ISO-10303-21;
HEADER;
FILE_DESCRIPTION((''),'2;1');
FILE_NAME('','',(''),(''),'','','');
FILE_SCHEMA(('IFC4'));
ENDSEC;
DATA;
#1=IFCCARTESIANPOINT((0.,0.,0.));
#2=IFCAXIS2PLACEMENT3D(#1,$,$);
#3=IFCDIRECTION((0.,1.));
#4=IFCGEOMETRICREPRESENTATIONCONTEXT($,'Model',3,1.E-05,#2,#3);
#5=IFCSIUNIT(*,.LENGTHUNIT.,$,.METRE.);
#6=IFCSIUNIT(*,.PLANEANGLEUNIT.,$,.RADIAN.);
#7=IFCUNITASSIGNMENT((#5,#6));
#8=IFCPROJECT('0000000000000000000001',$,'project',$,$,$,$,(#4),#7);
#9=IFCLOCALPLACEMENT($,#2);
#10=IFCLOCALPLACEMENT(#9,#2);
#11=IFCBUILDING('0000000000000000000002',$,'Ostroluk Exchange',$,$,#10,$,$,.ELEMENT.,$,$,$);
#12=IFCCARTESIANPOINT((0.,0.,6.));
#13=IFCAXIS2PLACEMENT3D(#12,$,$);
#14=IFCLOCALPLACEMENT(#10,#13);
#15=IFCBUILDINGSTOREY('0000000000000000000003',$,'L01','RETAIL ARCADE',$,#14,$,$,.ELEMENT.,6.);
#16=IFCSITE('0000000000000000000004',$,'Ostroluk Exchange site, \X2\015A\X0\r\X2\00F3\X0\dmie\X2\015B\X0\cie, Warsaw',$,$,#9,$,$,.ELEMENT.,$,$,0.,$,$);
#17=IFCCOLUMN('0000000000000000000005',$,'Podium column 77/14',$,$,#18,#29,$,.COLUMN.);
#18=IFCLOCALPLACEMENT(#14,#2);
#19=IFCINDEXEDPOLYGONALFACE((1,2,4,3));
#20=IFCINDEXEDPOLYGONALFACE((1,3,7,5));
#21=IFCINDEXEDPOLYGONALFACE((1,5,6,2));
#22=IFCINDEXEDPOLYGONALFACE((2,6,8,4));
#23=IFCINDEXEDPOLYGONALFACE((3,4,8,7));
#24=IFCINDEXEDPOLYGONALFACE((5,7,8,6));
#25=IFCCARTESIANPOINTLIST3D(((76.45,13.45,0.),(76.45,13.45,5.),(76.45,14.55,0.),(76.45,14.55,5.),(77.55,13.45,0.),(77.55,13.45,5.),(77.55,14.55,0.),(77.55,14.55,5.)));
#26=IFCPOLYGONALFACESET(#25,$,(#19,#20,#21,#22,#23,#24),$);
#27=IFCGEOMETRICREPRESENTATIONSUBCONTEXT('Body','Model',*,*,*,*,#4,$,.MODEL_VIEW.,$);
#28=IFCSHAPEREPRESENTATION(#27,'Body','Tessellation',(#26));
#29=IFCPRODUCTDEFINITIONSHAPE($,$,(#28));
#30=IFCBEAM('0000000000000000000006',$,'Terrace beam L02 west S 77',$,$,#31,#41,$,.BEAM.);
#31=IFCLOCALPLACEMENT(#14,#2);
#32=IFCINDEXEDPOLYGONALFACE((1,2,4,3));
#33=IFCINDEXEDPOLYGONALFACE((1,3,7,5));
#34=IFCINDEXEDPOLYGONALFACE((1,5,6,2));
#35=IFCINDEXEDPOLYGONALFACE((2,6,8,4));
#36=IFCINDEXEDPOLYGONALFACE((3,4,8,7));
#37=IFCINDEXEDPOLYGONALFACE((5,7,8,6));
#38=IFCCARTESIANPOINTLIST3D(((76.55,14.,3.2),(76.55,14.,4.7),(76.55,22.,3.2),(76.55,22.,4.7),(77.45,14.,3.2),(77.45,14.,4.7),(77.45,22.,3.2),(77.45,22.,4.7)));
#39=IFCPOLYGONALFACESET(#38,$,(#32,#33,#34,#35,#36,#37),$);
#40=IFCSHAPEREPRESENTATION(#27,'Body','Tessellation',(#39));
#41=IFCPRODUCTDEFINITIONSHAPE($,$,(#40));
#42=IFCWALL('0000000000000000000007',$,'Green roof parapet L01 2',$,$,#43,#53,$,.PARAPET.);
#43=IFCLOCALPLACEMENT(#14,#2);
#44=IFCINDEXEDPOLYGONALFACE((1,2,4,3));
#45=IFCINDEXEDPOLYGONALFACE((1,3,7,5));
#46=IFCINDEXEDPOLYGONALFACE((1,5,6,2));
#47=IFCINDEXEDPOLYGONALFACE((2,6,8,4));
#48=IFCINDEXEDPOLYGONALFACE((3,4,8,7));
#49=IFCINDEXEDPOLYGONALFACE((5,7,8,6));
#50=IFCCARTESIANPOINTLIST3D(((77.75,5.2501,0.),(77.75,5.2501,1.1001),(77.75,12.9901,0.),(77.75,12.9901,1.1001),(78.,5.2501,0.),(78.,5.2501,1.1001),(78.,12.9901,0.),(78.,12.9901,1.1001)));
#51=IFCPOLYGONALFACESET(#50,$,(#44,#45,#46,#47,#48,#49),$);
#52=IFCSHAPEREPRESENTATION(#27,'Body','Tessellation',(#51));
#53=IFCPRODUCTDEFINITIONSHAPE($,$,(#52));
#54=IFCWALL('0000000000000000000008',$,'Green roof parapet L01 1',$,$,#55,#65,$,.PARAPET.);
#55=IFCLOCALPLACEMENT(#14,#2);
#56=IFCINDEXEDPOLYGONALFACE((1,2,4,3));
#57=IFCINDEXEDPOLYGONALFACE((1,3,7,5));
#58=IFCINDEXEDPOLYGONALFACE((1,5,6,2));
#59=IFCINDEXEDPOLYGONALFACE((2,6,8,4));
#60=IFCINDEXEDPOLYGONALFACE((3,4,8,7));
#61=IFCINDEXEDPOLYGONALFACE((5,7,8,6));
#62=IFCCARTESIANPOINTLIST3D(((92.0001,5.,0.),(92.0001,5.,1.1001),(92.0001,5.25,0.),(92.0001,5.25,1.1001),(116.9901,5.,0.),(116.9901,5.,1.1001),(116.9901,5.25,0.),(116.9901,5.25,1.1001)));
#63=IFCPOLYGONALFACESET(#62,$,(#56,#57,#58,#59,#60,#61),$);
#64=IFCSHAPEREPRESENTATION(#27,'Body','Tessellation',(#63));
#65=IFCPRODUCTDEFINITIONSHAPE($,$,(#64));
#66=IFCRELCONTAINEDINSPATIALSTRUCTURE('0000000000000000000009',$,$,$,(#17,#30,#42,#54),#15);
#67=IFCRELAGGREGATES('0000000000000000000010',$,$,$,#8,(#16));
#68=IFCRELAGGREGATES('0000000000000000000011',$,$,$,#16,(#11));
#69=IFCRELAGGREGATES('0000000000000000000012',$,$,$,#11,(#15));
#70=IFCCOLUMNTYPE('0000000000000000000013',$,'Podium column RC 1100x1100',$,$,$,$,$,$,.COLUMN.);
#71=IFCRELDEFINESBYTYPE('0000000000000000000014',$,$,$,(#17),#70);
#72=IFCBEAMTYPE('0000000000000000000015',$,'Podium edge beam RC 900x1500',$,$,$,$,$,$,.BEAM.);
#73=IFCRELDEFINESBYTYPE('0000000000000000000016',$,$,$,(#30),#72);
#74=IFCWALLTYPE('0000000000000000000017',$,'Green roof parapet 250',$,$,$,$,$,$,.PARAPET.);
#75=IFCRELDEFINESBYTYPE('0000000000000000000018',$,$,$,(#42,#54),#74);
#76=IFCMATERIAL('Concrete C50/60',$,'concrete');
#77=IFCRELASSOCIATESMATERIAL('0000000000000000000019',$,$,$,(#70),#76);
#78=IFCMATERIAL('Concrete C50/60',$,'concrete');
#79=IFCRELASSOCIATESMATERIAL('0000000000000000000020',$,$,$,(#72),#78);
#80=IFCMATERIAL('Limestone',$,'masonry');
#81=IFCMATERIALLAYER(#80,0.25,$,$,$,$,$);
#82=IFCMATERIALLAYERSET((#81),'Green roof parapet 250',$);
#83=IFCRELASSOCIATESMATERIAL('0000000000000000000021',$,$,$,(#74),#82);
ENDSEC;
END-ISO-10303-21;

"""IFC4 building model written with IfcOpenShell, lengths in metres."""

from ifc_helpers import new_model, si_unit, direction, frame, frame_2d, origin, origin_2d, place, context, subcontext, project, spatial, rectangle, extrude, material, layer, layer_set, material_profile, profile_set, type_object, element, save


model = new_model("IFC4")

# Units and contexts
model_context = context("Model", 3, precision=1e-05, world=origin(), true_north=direction((0.0, 1.0)))
body_context = subcontext(model_context, "Body", "Model", "MODEL_VIEW")
ifc_project = project(units=[si_unit("LENGTHUNIT", "METRE"), si_unit("PLANEANGLEUNIT", "RADIAN")], contexts=[model_context])

# Site, building, storey
site_placement = place(None, origin())
site = spatial("IfcSite", under=ifc_project, at=site_placement, Name="Ostroluk Exchange site, Śródmieście, Warsaw", CompositionType="ELEMENT", RefElevation=0.0)
building_placement = place(site_placement, origin())
building = spatial("IfcBuilding", under=site, at=building_placement, Name="Ostroluk Exchange", CompositionType="ELEMENT")
storey_placement = place(building_placement, frame((0.0, 0.0, 6.0)))
storey = spatial("IfcBuildingStorey", under=building, at=storey_placement, Name="L01", Description="RETAIL ARCADE", CompositionType="ELEMENT", Elevation=6.0)

# Column
ifc_material_1 = material(Name="Concrete C50/60", Category="concrete")
ifc_material_profile_1 = material_profile(ifc_material_1, rectangle(XDim=1.1001, YDim=1.1001, at=origin_2d()), Name="RC 1100x1100")
ifc_profile_set_1 = profile_set([ifc_material_profile_1], Name="Concrete C50/60")
column_type = type_object("IfcColumnType", Name="Podium column RC 1100x1100", PredefinedType="COLUMN", material=ifc_profile_set_1)
column_placement = place(storey_placement, frame((77.0, 14.0, 0.0), z_axis=(0.0, 0.0, 1.0), x_axis=(1.0, 0.0, 0.0)))
element("IfcColumn", 1, at=column_placement, inside=storey, type_object=column_type, Name="Podium column 77/14", PredefinedType="COLUMN", context=body_context, shape_type="SweptSolid", body=[
    extrude(rectangle(XDim=1.1001, YDim=1.1001, at=origin_2d()), origin(), (0.0, 0.0, 1.0), 5.0),
])

# Beam
ifc_material_2 = material(Name="Concrete C50/60", Category="concrete")
ifc_material_profile_2 = material_profile(ifc_material_2, rectangle(XDim=0.8999, YDim=1.5, at=origin_2d()), Name="RC 900x1500")
ifc_profile_set_2 = profile_set([ifc_material_profile_2], Name="Concrete C50/60")
beam_type = type_object("IfcBeamType", Name="Podium edge beam RC 900x1500", PredefinedType="BEAM", material=ifc_profile_set_2)
beam_placement = place(storey_placement, frame((77.0, 14.0, 3.95), z_axis=(0.0, 1.0, 0.0), x_axis=(-1.0, 0.0, 0.0)))
element("IfcBeam", 2, at=beam_placement, inside=storey, type_object=beam_type, Name="Terrace beam L02 west S 77", PredefinedType="BEAM", context=body_context, shape_type="SweptSolid", body=[
    extrude(rectangle(XDim=0.8999, YDim=1.5, at=origin_2d()), origin(), (0.0, 0.0, 1.0), 8.0),
])

# Walls
ifc_material_3 = material(Name="Limestone", Category="masonry")
ifc_layer_1 = layer(ifc_material_3, 0.25)
ifc_layer_set_1 = layer_set([ifc_layer_1], Name="Green roof parapet 250")
wall_type_1 = type_object("IfcWallType", Name="Green roof parapet 250", PredefinedType="PARAPET", material=ifc_layer_set_1)
wall_1_placement = place(storey_placement, frame((77.875, 5.25, 0.0), z_axis=(0.0, 0.0, 1.0), x_axis=(0.0, 1.0, 0.0)))
element("IfcWall", 3, at=wall_1_placement, inside=storey, type_object=wall_type_1, Name="Green roof parapet L01 2", PredefinedType="PARAPET", context=body_context, shape_type="SweptSolid", body=[
    extrude(rectangle(XDim=7.74, YDim=0.25, at=frame_2d((3.8701, 0.0))), origin(), (0.0, 0.0, 1.0), 1.1001),
])
wall_2_placement = place(storey_placement, frame((92.0, 5.125, 0.0), z_axis=(0.0, 0.0, 1.0), x_axis=(1.0, 0.0, 0.0)))
element("IfcWall", 4, at=wall_2_placement, inside=storey, type_object=wall_type_1, Name="Green roof parapet L01 1", PredefinedType="PARAPET", context=body_context, shape_type="SweptSolid", body=[
    extrude(rectangle(XDim=24.99, YDim=0.25, at=frame_2d((12.4951, 0.0))), origin(), (0.0, 0.0, 1.0), 1.1001),
])

save(model, "model.ifc")
